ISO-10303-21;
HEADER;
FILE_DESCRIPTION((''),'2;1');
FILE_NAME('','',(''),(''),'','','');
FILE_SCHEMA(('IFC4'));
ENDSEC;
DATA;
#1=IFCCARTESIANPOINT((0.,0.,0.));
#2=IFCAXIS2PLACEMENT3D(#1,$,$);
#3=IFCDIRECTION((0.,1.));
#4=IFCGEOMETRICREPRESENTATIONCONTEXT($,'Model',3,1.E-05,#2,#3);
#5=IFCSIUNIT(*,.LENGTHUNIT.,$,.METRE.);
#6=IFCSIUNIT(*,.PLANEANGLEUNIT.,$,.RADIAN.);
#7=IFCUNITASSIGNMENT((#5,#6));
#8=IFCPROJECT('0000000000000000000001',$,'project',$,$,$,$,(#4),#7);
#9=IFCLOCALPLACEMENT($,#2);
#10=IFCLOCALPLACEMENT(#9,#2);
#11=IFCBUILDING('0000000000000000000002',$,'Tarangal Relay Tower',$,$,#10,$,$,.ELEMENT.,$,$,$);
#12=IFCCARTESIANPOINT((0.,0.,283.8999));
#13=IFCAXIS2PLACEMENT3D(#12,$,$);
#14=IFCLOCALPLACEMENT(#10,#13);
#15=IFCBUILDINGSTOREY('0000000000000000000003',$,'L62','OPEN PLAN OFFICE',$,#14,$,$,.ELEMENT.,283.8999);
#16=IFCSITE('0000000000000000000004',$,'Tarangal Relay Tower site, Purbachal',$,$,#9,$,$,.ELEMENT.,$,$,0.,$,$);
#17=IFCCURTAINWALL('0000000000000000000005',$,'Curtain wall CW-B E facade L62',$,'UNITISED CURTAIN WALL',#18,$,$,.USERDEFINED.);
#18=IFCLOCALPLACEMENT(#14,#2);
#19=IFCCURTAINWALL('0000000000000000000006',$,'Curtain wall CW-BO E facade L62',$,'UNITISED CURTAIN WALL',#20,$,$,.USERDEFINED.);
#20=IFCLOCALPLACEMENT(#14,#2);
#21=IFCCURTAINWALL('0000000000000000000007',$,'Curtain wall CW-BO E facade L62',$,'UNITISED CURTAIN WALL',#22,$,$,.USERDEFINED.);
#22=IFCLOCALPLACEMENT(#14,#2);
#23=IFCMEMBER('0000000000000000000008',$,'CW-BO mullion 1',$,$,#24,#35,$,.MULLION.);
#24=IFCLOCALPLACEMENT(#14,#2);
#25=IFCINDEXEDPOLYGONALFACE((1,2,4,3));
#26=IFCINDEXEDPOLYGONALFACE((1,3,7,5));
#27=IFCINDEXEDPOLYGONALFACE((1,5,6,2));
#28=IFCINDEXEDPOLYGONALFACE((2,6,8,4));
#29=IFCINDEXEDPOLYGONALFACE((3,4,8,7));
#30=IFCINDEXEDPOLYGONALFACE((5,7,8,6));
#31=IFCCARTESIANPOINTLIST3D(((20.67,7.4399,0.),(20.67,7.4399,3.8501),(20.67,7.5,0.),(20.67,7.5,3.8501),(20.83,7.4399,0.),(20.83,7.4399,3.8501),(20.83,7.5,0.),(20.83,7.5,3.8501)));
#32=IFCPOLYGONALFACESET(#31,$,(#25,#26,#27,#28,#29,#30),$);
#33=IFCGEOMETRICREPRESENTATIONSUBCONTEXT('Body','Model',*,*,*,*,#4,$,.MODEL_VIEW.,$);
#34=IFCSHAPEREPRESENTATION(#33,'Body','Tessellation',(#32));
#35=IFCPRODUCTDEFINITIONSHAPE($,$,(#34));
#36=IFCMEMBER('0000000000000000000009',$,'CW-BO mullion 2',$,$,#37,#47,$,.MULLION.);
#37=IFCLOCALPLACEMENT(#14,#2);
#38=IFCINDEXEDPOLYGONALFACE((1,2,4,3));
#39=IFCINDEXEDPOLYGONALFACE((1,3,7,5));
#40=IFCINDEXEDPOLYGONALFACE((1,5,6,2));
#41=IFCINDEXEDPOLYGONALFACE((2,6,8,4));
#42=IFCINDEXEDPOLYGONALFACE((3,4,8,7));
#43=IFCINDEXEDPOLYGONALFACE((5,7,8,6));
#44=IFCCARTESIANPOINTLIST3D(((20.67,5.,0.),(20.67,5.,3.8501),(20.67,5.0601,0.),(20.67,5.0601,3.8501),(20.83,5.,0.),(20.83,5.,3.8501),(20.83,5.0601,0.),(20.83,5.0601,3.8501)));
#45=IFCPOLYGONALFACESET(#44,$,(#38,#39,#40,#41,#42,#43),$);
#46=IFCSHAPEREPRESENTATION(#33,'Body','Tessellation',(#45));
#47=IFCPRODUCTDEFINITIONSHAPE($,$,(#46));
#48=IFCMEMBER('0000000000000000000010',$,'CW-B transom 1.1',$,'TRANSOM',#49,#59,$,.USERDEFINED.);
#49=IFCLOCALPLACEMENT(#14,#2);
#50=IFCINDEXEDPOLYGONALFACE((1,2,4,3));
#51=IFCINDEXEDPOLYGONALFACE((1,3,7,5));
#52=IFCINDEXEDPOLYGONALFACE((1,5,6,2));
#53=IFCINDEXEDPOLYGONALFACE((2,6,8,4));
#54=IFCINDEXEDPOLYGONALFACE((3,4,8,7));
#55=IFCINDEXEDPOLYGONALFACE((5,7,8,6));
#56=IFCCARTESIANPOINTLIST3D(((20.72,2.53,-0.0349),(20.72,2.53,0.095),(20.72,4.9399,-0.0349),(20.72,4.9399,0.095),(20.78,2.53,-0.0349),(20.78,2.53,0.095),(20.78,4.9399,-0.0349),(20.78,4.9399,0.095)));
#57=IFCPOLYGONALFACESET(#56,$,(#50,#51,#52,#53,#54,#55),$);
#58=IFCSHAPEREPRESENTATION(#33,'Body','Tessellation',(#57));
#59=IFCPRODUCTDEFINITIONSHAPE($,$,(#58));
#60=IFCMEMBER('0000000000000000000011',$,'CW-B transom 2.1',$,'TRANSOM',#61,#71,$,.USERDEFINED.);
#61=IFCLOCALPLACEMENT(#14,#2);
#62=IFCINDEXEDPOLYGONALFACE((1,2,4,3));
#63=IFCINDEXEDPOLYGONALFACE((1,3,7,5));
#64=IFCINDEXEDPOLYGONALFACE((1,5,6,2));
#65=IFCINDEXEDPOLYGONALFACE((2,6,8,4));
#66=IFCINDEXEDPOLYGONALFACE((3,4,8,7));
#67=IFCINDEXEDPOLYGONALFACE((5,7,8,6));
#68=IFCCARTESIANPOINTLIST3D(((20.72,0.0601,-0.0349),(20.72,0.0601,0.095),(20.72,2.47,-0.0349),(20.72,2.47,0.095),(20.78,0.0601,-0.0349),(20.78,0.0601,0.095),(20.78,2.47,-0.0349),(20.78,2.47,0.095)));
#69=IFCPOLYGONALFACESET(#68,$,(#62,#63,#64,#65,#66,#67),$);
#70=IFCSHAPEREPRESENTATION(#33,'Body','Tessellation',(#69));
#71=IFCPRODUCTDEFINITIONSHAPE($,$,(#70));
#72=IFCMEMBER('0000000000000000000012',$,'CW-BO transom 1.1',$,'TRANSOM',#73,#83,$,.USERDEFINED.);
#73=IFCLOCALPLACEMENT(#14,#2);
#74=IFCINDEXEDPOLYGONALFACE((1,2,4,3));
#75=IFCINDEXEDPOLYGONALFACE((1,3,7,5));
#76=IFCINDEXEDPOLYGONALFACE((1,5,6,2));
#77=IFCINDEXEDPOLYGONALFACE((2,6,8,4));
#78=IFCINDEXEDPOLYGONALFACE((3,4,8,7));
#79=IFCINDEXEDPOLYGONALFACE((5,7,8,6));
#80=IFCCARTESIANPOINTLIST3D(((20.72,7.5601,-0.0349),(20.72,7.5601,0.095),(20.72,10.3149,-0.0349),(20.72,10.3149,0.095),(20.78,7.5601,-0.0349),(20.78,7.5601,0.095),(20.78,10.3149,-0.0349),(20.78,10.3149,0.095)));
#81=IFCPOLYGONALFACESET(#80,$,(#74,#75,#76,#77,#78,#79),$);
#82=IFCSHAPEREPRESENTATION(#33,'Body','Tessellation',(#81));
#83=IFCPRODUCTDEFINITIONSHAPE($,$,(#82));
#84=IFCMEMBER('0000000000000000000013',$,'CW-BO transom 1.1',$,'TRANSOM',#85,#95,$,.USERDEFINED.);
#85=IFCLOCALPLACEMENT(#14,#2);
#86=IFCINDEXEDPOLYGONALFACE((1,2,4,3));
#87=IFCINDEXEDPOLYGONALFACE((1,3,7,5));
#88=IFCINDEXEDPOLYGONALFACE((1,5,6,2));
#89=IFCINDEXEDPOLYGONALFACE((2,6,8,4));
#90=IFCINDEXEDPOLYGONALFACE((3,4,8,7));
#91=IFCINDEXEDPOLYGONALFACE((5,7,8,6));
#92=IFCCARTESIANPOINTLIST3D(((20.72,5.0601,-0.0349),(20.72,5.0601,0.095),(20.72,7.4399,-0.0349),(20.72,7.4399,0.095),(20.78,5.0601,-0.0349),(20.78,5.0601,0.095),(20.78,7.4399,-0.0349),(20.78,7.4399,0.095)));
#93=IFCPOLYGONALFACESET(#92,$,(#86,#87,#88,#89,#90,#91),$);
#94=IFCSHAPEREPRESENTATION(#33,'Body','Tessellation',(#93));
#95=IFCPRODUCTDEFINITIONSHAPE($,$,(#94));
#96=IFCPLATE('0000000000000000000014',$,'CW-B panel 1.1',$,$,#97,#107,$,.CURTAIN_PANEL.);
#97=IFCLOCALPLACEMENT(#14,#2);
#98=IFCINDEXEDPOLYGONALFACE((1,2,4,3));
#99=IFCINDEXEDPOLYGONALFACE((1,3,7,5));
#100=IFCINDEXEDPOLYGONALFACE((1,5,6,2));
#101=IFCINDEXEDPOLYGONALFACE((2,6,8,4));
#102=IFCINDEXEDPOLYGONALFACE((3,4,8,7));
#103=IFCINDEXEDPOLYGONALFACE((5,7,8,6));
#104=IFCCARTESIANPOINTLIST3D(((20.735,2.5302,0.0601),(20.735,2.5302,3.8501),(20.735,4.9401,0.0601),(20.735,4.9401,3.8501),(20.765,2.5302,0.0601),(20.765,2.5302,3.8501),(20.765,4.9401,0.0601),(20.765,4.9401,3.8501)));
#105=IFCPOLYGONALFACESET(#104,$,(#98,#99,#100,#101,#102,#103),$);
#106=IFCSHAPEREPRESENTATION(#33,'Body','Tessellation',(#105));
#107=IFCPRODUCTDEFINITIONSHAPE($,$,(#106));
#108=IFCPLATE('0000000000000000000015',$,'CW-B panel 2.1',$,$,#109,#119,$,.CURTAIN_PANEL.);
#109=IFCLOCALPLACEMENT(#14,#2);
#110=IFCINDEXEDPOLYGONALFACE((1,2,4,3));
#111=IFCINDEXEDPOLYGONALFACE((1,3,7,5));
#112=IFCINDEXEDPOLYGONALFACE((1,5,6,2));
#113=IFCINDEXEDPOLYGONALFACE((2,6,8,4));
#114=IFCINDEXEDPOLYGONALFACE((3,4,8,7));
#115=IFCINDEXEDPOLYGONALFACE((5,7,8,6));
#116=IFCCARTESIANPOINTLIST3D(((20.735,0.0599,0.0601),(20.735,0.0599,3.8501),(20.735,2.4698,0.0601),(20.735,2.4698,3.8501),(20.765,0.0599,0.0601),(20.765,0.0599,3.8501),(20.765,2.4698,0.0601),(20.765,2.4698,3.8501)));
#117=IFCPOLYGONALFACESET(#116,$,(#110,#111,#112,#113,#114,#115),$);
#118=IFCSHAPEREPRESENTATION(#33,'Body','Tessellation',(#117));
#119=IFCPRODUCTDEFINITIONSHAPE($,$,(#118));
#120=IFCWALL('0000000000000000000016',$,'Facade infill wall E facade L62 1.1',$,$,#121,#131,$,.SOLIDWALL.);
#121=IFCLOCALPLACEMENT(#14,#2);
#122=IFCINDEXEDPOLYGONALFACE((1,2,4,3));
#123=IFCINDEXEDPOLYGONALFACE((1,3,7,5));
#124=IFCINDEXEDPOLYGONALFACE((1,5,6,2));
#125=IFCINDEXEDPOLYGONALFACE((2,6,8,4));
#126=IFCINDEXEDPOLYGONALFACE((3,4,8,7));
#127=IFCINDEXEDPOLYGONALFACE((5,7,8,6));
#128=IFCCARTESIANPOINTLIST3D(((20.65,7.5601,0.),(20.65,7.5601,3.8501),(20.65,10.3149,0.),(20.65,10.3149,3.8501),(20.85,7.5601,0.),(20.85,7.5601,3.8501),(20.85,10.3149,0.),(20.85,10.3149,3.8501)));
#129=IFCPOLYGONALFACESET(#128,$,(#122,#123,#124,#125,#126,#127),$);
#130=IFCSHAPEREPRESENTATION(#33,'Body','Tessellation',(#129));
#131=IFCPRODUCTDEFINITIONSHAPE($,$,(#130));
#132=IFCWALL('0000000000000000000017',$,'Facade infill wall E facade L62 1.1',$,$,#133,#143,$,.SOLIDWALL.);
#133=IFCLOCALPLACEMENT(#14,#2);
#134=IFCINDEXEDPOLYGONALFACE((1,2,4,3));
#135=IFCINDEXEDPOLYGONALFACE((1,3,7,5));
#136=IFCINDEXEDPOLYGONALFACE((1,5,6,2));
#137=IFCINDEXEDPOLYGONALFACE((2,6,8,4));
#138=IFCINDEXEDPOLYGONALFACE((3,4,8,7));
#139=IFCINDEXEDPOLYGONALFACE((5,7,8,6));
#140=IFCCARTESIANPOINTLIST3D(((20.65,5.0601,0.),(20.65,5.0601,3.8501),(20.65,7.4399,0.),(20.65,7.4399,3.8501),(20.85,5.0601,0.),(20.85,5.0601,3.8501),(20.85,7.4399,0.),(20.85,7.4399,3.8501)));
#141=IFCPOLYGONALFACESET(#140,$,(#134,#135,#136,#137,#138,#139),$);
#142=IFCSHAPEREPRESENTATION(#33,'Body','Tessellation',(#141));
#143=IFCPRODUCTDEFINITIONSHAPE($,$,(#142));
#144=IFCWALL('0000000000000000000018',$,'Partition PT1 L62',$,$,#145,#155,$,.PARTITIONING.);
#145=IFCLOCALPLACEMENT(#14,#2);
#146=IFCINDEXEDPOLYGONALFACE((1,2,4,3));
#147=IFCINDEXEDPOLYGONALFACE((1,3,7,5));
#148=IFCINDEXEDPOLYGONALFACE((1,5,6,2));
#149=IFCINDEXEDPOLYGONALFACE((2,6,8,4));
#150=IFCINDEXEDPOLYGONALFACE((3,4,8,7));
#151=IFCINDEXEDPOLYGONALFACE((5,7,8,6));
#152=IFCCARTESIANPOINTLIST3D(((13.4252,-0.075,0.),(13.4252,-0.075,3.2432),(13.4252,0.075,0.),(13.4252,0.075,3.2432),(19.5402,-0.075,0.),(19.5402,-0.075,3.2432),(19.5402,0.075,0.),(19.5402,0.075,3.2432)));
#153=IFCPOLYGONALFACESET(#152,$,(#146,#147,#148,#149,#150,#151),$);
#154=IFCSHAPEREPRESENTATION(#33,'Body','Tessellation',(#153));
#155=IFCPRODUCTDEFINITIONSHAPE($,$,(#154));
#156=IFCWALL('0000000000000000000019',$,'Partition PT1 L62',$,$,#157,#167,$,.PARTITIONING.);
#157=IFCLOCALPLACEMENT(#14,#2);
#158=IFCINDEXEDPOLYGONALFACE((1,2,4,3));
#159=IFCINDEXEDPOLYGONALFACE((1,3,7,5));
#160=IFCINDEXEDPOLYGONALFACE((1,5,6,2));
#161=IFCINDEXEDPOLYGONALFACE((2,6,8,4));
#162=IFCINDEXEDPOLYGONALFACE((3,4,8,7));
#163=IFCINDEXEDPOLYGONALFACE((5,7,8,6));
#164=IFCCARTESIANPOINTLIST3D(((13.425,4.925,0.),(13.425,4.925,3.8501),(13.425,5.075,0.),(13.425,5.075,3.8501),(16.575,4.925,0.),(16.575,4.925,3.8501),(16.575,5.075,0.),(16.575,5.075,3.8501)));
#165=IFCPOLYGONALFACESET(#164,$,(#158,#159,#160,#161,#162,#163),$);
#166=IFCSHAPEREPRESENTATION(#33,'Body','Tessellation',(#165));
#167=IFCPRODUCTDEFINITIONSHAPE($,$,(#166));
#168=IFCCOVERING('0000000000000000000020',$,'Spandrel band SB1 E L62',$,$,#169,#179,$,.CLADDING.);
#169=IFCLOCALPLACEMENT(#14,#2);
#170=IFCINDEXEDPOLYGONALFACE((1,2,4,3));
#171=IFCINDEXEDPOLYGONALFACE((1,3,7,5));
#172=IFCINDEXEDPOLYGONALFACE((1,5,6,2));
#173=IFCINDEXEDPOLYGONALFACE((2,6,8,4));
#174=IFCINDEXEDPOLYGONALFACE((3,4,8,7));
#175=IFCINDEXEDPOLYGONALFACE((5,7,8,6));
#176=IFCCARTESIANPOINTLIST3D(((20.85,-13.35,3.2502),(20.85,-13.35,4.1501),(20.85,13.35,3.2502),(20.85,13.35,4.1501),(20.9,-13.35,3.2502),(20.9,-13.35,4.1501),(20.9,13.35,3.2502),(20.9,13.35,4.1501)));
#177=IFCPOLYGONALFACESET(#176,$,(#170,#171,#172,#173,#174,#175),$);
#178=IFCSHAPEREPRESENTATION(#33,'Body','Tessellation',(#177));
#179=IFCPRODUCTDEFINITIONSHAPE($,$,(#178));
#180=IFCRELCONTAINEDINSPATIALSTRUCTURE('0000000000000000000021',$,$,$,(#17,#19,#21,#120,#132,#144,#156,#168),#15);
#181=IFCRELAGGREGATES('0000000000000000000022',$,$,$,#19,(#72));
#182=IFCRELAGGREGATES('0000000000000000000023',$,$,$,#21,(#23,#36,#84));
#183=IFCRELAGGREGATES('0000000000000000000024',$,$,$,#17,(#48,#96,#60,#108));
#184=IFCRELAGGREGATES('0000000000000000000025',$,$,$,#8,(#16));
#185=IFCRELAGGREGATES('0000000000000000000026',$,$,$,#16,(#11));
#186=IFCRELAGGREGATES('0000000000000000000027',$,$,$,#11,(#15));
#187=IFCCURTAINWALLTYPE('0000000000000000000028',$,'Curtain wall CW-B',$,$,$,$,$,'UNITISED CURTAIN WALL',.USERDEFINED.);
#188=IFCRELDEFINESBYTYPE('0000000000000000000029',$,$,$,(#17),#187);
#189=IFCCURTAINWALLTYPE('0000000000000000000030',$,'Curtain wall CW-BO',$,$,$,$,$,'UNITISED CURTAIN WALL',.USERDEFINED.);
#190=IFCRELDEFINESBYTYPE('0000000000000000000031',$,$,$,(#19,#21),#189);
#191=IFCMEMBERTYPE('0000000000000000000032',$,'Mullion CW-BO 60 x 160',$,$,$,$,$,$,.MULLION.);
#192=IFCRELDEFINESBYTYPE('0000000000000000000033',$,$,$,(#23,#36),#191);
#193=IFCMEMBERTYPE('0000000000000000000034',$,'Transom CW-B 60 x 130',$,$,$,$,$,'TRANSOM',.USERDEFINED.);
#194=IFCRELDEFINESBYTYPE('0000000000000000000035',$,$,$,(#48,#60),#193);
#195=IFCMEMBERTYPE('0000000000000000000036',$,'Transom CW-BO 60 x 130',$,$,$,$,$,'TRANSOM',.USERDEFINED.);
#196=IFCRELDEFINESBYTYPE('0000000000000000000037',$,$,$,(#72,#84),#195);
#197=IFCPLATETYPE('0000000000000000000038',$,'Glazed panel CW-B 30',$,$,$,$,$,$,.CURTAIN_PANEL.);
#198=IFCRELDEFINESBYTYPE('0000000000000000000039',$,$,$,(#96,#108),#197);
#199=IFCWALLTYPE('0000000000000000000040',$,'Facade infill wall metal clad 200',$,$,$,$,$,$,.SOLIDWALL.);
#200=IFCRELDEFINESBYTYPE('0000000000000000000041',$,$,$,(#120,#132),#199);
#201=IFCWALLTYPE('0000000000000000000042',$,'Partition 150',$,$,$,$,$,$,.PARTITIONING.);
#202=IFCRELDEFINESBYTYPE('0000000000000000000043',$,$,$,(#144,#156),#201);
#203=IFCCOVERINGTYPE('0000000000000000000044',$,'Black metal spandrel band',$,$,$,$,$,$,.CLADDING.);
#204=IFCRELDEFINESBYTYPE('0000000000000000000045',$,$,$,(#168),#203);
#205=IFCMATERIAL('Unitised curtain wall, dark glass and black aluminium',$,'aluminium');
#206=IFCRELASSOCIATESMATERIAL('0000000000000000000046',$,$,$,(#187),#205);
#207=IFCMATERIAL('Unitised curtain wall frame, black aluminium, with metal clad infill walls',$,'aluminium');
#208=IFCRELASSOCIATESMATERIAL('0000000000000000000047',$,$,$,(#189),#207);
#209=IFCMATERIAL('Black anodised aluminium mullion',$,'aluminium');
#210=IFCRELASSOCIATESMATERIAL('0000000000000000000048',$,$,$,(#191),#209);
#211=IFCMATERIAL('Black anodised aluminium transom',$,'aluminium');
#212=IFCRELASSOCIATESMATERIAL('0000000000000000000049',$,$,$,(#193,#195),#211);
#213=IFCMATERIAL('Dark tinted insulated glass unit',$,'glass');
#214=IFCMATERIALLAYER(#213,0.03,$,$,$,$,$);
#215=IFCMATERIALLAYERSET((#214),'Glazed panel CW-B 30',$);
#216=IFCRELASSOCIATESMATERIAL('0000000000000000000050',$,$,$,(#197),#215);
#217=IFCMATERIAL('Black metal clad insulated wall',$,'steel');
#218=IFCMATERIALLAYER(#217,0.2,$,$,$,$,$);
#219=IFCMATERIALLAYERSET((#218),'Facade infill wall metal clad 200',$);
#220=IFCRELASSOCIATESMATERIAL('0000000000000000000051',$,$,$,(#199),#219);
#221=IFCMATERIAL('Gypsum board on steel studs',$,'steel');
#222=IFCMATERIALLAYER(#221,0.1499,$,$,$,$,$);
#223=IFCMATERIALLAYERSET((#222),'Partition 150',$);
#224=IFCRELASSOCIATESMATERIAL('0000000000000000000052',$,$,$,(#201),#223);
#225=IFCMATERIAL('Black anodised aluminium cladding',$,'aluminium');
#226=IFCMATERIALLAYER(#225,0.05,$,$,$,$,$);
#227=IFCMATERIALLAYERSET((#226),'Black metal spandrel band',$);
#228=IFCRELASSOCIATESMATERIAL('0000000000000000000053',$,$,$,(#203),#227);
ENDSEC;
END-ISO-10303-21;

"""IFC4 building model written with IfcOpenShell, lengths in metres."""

from ifc_helpers import new_model, si_unit, direction, frame, frame_2d, origin, origin_2d, place, context, subcontext, project, spatial, rectangle, extrude, material, layer, layer_set, material_profile, profile_set, type_object, element, aggregate, save


model = new_model("IFC4")

# Units and contexts
model_context = context("Model", 3, precision=1e-05, world=origin(), true_north=direction((0.0, 1.0)))
body_context = subcontext(model_context, "Body", "Model", "MODEL_VIEW")
ifc_project = project(units=[si_unit("LENGTHUNIT", "METRE"), si_unit("PLANEANGLEUNIT", "RADIAN")], contexts=[model_context])

# Site, building, storey
site_placement = place(None, origin())
site = spatial("IfcSite", under=ifc_project, at=site_placement, Name="Tarangal Relay Tower site, Purbachal", CompositionType="ELEMENT", RefElevation=0.0)
building_placement = place(site_placement, origin())
building = spatial("IfcBuilding", under=site, at=building_placement, Name="Tarangal Relay Tower", CompositionType="ELEMENT")
storey_placement = place(building_placement, frame((0.0, 0.0, 283.8999)))
storey = spatial("IfcBuildingStorey", under=building, at=storey_placement, Name="L62", Description="OPEN PLAN OFFICE", CompositionType="ELEMENT", Elevation=283.8999)

# Curtain wall
ifc_material_1 = material(Name="Unitised curtain wall, dark glass and black aluminium", Category="aluminium")
curtain_wall_type_1 = type_object("IfcCurtainWallType", Name="Curtain wall CW-B", ElementType="UNITISED CURTAIN WALL", PredefinedType="USERDEFINED", material=ifc_material_1)
curtain_wall_1_placement = place(storey_placement, origin())
curtain_wall_1 = element("IfcCurtainWall", 1, at=curtain_wall_1_placement, inside=storey, type_object=curtain_wall_type_1, Name="Curtain wall CW-B E facade L62", ObjectType="UNITISED CURTAIN WALL", PredefinedType="USERDEFINED")
ifc_material_2 = material(Name="Black anodised aluminium mullion", Category="aluminium")

# Curtain wall
ifc_material_3 = material(Name="Unitised curtain wall frame, black aluminium, with metal clad infill walls", Category="aluminium")
curtain_wall_type_2 = type_object("IfcCurtainWallType", Name="Curtain wall CW-BO", ElementType="UNITISED CURTAIN WALL", PredefinedType="USERDEFINED", material=ifc_material_3)
curtain_wall_2_placement = place(storey_placement, origin())
curtain_wall_2 = element("IfcCurtainWall", 2, at=curtain_wall_2_placement, inside=storey, type_object=curtain_wall_type_2, Name="Curtain wall CW-BO E facade L62", ObjectType="UNITISED CURTAIN WALL", PredefinedType="USERDEFINED")
ifc_material_profile_1 = material_profile(ifc_material_2, rectangle(XDim=0.1599, YDim=0.0601, at=origin_2d()), Name="CW-BOM 60X160")
ifc_profile_set_1 = profile_set([ifc_material_profile_1], Name="Black anodised aluminium mullion")
member_type_1 = type_object("IfcMemberType", Name="Mullion CW-BO 60 x 160", PredefinedType="MULLION", material=ifc_profile_set_1)

# Curtain wall, members
curtain_wall_3_placement = place(storey_placement, origin())
curtain_wall_3 = element("IfcCurtainWall", 3, at=curtain_wall_3_placement, inside=storey, type_object=curtain_wall_type_2, Name="Curtain wall CW-BO E facade L62", ObjectType="UNITISED CURTAIN WALL", PredefinedType="USERDEFINED")
member_1_placement = place(storey_placement, frame((20.75, 7.47, 0.0), z_axis=(0.0, 0.0, 1.0), x_axis=(1.0, 0.0, 0.0)))
member_1 = element("IfcMember", 4, at=member_1_placement, type_object=member_type_1, Name="CW-BO mullion 1", PredefinedType="MULLION", context=body_context, shape_type="SweptSolid", body=[
    extrude(rectangle(XDim=0.1599, YDim=0.0601, at=origin_2d()), origin(), (0.0, 0.0, 1.0), 3.8501),
])
member_2_placement = place(storey_placement, frame((20.75, 5.03, 0.0), z_axis=(0.0, 0.0, 1.0), x_axis=(1.0, 0.0, 0.0)))
member_2 = element("IfcMember", 5, at=member_2_placement, type_object=member_type_1, Name="CW-BO mullion 2", PredefinedType="MULLION", context=body_context, shape_type="SweptSolid", body=[
    extrude(rectangle(XDim=0.1599, YDim=0.0601, at=origin_2d()), origin(), (0.0, 0.0, 1.0), 3.8501),
])

# Members
ifc_material_4 = material(Name="Black anodised aluminium transom", Category="aluminium")
ifc_material_profile_2 = material_profile(ifc_material_4, rectangle(XDim=0.0601, YDim=0.1299, at=origin_2d()), Name="CW-BT 60X130")
ifc_profile_set_2 = profile_set([ifc_material_profile_2], Name="Black anodised aluminium transom")
member_type_2 = type_object("IfcMemberType", Name="Transom CW-B 60 x 130", ElementType="TRANSOM", PredefinedType="USERDEFINED", material=ifc_profile_set_2)
member_3_placement = place(storey_placement, frame((20.75, 4.9399, 0.03), z_axis=(0.0, -1.0, 0.0), x_axis=(1.0, 0.0, 0.0)))
member_3 = element("IfcMember", 6, at=member_3_placement, type_object=member_type_2, Name="CW-B transom 1.1", ObjectType="TRANSOM", PredefinedType="USERDEFINED", context=body_context, shape_type="SweptSolid", body=[
    extrude(rectangle(XDim=0.0601, YDim=0.1299, at=origin_2d()), origin(), (0.0, 0.0, 1.0), 2.4099),
])
member_4_placement = place(storey_placement, frame((20.75, 2.47, 0.03), z_axis=(0.0, -1.0, 0.0), x_axis=(1.0, 0.0, 0.0)))
member_4 = element("IfcMember", 7, at=member_4_placement, type_object=member_type_2, Name="CW-B transom 2.1", ObjectType="TRANSOM", PredefinedType="USERDEFINED", context=body_context, shape_type="SweptSolid", body=[
    extrude(rectangle(XDim=0.0601, YDim=0.1299, at=origin_2d()), origin(), (0.0, 0.0, 1.0), 2.4099),
])
ifc_material_profile_3 = material_profile(ifc_material_4, rectangle(XDim=0.0601, YDim=0.1299, at=origin_2d()), Name="CW-BOT 60X130")
ifc_profile_set_3 = profile_set([ifc_material_profile_3], Name="Black anodised aluminium transom")
member_type_3 = type_object("IfcMemberType", Name="Transom CW-BO 60 x 130", ElementType="TRANSOM", PredefinedType="USERDEFINED", material=ifc_profile_set_3)
member_5_placement = place(storey_placement, frame((20.75, 10.3149, 0.03), z_axis=(0.0, -1.0, 0.0), x_axis=(1.0, 0.0, 0.0)))
member_5 = element("IfcMember", 8, at=member_5_placement, type_object=member_type_3, Name="CW-BO transom 1.1", ObjectType="TRANSOM", PredefinedType="USERDEFINED", context=body_context, shape_type="SweptSolid", body=[
    extrude(rectangle(XDim=0.0601, YDim=0.1299, at=origin_2d()), origin(), (0.0, 0.0, 1.0), 2.7549),
])
aggregate(curtain_wall_2, [member_5])
member_6_placement = place(storey_placement, frame((20.75, 7.4399, 0.03), z_axis=(0.0, -1.0, 0.0), x_axis=(1.0, 0.0, 0.0)))
member_6 = element("IfcMember", 9, at=member_6_placement, type_object=member_type_3, Name="CW-BO transom 1.1", ObjectType="TRANSOM", PredefinedType="USERDEFINED", context=body_context, shape_type="SweptSolid", body=[
    extrude(rectangle(XDim=0.0601, YDim=0.1299, at=origin_2d()), origin(), (0.0, 0.0, 1.0), 2.3799),
])
aggregate(curtain_wall_3, [member_1, member_2, member_6])

# Plates
ifc_material_5 = material(Name="Dark tinted insulated glass unit", Category="glass")
ifc_layer_1 = layer(ifc_material_5, 0.03)
ifc_layer_set_1 = layer_set([ifc_layer_1], Name="Glazed panel CW-B 30")
plate_type = type_object("IfcPlateType", Name="Glazed panel CW-B 30", PredefinedType="CURTAIN_PANEL", material=ifc_layer_set_1)
plate_1_placement = place(storey_placement, frame((20.75, 3.7351, 0.0601), z_axis=(0.0, 0.0, 1.0), x_axis=(0.0, -1.0, 0.0)))
plate_1 = element("IfcPlate", 10, at=plate_1_placement, type_object=plate_type, Name="CW-B panel 1.1", PredefinedType="CURTAIN_PANEL", context=body_context, shape_type="SweptSolid", body=[
    extrude(rectangle(XDim=2.4099, YDim=0.03, at=origin_2d()), origin(), (0.0, 0.0, 1.0), 3.79),
])
plate_2_placement = place(storey_placement, frame((20.75, 1.2649, 0.0601), z_axis=(0.0, 0.0, 1.0), x_axis=(0.0, -1.0, 0.0)))
plate_2 = element("IfcPlate", 11, at=plate_2_placement, type_object=plate_type, Name="CW-B panel 2.1", PredefinedType="CURTAIN_PANEL", context=body_context, shape_type="SweptSolid", body=[
    extrude(rectangle(XDim=2.4099, YDim=0.03, at=origin_2d()), origin(), (0.0, 0.0, 1.0), 3.79),
])
aggregate(curtain_wall_1, [member_3, plate_1, member_4, plate_2])

# Walls
ifc_material_6 = material(Name="Black metal clad insulated wall", Category="steel")
ifc_layer_2 = layer(ifc_material_6, 0.2)
ifc_layer_set_2 = layer_set([ifc_layer_2], Name="Facade infill wall metal clad 200")
wall_type_1 = type_object("IfcWallType", Name="Facade infill wall metal clad 200", PredefinedType="SOLIDWALL", material=ifc_layer_set_2)
wall_1_placement = place(storey_placement, frame((20.75, 10.3149, 0.0), z_axis=(0.0, 0.0, 1.0), x_axis=(0.0, -1.0, 0.0)))
element("IfcWall", 12, at=wall_1_placement, inside=storey, type_object=wall_type_1, Name="Facade infill wall E facade L62 1.1", PredefinedType="SOLIDWALL", context=body_context, shape_type="SweptSolid", body=[
    extrude(rectangle(XDim=2.7549, YDim=0.2, at=frame_2d((1.3774, 0.0))), origin(), (0.0, 0.0, 1.0), 3.8501),
])
wall_2_placement = place(storey_placement, frame((20.75, 7.4399, 0.0), z_axis=(0.0, 0.0, 1.0), x_axis=(0.0, -1.0, 0.0)))
element("IfcWall", 13, at=wall_2_placement, inside=storey, type_object=wall_type_1, Name="Facade infill wall E facade L62 1.1", PredefinedType="SOLIDWALL", context=body_context, shape_type="SweptSolid", body=[
    extrude(rectangle(XDim=2.3799, YDim=0.2, at=frame_2d((1.1899, 0.0))), origin(), (0.0, 0.0, 1.0), 3.8501),
])
ifc_material_7 = material(Name="Gypsum board on steel studs", Category="steel")
ifc_layer_3 = layer(ifc_material_7, 0.1499)
ifc_layer_set_3 = layer_set([ifc_layer_3], Name="Partition 150")
wall_type_2 = type_object("IfcWallType", Name="Partition 150", PredefinedType="PARTITIONING", material=ifc_layer_set_3)
wall_3_placement = place(storey_placement, frame((13.425, 0.0, 0.0), z_axis=(0.0, 0.0, 1.0), x_axis=(1.0, 0.0, 0.0)))
element("IfcWall", 14, at=wall_3_placement, inside=storey, type_object=wall_type_2, Name="Partition PT1 L62", PredefinedType="PARTITIONING", context=body_context, shape_type="SweptSolid", body=[
    extrude(rectangle(XDim=6.115, YDim=0.1499, at=frame_2d((3.0576, 0.0))), origin(), (0.0, 0.0, 1.0), 3.2432),
])
wall_4_placement = place(storey_placement, frame((13.425, 5.0, 0.0), z_axis=(0.0, 0.0, 1.0), x_axis=(1.0, 0.0, 0.0)))
element("IfcWall", 15, at=wall_4_placement, inside=storey, type_object=wall_type_2, Name="Partition PT1 L62", PredefinedType="PARTITIONING", context=body_context, shape_type="SweptSolid", body=[
    extrude(rectangle(XDim=3.1499, YDim=0.1499, at=frame_2d((1.575, 0.0))), origin(), (0.0, 0.0, 1.0), 3.8501),
])

# Covering
ifc_material_8 = material(Name="Black anodised aluminium cladding", Category="aluminium")
ifc_layer_4 = layer(ifc_material_8, 0.05)
ifc_layer_set_4 = layer_set([ifc_layer_4], Name="Black metal spandrel band")
covering_type = type_object("IfcCoveringType", Name="Black metal spandrel band", PredefinedType="CLADDING", material=ifc_layer_set_4)
covering_placement = place(storey_placement, frame((20.875, 0.0, 3.2502), z_axis=(0.0, 0.0, 1.0), x_axis=(0.0, -1.0, 0.0)))
element("IfcCovering", 16, at=covering_placement, inside=storey, type_object=covering_type, Name="Spandrel band SB1 E L62", PredefinedType="CLADDING", context=body_context, shape_type="SweptSolid", body=[
    extrude(rectangle(XDim=26.7, YDim=0.05, at=origin_2d()), origin(), (0.0, 0.0, 1.0), 0.8999),
])

save(model, "model.ifc")
